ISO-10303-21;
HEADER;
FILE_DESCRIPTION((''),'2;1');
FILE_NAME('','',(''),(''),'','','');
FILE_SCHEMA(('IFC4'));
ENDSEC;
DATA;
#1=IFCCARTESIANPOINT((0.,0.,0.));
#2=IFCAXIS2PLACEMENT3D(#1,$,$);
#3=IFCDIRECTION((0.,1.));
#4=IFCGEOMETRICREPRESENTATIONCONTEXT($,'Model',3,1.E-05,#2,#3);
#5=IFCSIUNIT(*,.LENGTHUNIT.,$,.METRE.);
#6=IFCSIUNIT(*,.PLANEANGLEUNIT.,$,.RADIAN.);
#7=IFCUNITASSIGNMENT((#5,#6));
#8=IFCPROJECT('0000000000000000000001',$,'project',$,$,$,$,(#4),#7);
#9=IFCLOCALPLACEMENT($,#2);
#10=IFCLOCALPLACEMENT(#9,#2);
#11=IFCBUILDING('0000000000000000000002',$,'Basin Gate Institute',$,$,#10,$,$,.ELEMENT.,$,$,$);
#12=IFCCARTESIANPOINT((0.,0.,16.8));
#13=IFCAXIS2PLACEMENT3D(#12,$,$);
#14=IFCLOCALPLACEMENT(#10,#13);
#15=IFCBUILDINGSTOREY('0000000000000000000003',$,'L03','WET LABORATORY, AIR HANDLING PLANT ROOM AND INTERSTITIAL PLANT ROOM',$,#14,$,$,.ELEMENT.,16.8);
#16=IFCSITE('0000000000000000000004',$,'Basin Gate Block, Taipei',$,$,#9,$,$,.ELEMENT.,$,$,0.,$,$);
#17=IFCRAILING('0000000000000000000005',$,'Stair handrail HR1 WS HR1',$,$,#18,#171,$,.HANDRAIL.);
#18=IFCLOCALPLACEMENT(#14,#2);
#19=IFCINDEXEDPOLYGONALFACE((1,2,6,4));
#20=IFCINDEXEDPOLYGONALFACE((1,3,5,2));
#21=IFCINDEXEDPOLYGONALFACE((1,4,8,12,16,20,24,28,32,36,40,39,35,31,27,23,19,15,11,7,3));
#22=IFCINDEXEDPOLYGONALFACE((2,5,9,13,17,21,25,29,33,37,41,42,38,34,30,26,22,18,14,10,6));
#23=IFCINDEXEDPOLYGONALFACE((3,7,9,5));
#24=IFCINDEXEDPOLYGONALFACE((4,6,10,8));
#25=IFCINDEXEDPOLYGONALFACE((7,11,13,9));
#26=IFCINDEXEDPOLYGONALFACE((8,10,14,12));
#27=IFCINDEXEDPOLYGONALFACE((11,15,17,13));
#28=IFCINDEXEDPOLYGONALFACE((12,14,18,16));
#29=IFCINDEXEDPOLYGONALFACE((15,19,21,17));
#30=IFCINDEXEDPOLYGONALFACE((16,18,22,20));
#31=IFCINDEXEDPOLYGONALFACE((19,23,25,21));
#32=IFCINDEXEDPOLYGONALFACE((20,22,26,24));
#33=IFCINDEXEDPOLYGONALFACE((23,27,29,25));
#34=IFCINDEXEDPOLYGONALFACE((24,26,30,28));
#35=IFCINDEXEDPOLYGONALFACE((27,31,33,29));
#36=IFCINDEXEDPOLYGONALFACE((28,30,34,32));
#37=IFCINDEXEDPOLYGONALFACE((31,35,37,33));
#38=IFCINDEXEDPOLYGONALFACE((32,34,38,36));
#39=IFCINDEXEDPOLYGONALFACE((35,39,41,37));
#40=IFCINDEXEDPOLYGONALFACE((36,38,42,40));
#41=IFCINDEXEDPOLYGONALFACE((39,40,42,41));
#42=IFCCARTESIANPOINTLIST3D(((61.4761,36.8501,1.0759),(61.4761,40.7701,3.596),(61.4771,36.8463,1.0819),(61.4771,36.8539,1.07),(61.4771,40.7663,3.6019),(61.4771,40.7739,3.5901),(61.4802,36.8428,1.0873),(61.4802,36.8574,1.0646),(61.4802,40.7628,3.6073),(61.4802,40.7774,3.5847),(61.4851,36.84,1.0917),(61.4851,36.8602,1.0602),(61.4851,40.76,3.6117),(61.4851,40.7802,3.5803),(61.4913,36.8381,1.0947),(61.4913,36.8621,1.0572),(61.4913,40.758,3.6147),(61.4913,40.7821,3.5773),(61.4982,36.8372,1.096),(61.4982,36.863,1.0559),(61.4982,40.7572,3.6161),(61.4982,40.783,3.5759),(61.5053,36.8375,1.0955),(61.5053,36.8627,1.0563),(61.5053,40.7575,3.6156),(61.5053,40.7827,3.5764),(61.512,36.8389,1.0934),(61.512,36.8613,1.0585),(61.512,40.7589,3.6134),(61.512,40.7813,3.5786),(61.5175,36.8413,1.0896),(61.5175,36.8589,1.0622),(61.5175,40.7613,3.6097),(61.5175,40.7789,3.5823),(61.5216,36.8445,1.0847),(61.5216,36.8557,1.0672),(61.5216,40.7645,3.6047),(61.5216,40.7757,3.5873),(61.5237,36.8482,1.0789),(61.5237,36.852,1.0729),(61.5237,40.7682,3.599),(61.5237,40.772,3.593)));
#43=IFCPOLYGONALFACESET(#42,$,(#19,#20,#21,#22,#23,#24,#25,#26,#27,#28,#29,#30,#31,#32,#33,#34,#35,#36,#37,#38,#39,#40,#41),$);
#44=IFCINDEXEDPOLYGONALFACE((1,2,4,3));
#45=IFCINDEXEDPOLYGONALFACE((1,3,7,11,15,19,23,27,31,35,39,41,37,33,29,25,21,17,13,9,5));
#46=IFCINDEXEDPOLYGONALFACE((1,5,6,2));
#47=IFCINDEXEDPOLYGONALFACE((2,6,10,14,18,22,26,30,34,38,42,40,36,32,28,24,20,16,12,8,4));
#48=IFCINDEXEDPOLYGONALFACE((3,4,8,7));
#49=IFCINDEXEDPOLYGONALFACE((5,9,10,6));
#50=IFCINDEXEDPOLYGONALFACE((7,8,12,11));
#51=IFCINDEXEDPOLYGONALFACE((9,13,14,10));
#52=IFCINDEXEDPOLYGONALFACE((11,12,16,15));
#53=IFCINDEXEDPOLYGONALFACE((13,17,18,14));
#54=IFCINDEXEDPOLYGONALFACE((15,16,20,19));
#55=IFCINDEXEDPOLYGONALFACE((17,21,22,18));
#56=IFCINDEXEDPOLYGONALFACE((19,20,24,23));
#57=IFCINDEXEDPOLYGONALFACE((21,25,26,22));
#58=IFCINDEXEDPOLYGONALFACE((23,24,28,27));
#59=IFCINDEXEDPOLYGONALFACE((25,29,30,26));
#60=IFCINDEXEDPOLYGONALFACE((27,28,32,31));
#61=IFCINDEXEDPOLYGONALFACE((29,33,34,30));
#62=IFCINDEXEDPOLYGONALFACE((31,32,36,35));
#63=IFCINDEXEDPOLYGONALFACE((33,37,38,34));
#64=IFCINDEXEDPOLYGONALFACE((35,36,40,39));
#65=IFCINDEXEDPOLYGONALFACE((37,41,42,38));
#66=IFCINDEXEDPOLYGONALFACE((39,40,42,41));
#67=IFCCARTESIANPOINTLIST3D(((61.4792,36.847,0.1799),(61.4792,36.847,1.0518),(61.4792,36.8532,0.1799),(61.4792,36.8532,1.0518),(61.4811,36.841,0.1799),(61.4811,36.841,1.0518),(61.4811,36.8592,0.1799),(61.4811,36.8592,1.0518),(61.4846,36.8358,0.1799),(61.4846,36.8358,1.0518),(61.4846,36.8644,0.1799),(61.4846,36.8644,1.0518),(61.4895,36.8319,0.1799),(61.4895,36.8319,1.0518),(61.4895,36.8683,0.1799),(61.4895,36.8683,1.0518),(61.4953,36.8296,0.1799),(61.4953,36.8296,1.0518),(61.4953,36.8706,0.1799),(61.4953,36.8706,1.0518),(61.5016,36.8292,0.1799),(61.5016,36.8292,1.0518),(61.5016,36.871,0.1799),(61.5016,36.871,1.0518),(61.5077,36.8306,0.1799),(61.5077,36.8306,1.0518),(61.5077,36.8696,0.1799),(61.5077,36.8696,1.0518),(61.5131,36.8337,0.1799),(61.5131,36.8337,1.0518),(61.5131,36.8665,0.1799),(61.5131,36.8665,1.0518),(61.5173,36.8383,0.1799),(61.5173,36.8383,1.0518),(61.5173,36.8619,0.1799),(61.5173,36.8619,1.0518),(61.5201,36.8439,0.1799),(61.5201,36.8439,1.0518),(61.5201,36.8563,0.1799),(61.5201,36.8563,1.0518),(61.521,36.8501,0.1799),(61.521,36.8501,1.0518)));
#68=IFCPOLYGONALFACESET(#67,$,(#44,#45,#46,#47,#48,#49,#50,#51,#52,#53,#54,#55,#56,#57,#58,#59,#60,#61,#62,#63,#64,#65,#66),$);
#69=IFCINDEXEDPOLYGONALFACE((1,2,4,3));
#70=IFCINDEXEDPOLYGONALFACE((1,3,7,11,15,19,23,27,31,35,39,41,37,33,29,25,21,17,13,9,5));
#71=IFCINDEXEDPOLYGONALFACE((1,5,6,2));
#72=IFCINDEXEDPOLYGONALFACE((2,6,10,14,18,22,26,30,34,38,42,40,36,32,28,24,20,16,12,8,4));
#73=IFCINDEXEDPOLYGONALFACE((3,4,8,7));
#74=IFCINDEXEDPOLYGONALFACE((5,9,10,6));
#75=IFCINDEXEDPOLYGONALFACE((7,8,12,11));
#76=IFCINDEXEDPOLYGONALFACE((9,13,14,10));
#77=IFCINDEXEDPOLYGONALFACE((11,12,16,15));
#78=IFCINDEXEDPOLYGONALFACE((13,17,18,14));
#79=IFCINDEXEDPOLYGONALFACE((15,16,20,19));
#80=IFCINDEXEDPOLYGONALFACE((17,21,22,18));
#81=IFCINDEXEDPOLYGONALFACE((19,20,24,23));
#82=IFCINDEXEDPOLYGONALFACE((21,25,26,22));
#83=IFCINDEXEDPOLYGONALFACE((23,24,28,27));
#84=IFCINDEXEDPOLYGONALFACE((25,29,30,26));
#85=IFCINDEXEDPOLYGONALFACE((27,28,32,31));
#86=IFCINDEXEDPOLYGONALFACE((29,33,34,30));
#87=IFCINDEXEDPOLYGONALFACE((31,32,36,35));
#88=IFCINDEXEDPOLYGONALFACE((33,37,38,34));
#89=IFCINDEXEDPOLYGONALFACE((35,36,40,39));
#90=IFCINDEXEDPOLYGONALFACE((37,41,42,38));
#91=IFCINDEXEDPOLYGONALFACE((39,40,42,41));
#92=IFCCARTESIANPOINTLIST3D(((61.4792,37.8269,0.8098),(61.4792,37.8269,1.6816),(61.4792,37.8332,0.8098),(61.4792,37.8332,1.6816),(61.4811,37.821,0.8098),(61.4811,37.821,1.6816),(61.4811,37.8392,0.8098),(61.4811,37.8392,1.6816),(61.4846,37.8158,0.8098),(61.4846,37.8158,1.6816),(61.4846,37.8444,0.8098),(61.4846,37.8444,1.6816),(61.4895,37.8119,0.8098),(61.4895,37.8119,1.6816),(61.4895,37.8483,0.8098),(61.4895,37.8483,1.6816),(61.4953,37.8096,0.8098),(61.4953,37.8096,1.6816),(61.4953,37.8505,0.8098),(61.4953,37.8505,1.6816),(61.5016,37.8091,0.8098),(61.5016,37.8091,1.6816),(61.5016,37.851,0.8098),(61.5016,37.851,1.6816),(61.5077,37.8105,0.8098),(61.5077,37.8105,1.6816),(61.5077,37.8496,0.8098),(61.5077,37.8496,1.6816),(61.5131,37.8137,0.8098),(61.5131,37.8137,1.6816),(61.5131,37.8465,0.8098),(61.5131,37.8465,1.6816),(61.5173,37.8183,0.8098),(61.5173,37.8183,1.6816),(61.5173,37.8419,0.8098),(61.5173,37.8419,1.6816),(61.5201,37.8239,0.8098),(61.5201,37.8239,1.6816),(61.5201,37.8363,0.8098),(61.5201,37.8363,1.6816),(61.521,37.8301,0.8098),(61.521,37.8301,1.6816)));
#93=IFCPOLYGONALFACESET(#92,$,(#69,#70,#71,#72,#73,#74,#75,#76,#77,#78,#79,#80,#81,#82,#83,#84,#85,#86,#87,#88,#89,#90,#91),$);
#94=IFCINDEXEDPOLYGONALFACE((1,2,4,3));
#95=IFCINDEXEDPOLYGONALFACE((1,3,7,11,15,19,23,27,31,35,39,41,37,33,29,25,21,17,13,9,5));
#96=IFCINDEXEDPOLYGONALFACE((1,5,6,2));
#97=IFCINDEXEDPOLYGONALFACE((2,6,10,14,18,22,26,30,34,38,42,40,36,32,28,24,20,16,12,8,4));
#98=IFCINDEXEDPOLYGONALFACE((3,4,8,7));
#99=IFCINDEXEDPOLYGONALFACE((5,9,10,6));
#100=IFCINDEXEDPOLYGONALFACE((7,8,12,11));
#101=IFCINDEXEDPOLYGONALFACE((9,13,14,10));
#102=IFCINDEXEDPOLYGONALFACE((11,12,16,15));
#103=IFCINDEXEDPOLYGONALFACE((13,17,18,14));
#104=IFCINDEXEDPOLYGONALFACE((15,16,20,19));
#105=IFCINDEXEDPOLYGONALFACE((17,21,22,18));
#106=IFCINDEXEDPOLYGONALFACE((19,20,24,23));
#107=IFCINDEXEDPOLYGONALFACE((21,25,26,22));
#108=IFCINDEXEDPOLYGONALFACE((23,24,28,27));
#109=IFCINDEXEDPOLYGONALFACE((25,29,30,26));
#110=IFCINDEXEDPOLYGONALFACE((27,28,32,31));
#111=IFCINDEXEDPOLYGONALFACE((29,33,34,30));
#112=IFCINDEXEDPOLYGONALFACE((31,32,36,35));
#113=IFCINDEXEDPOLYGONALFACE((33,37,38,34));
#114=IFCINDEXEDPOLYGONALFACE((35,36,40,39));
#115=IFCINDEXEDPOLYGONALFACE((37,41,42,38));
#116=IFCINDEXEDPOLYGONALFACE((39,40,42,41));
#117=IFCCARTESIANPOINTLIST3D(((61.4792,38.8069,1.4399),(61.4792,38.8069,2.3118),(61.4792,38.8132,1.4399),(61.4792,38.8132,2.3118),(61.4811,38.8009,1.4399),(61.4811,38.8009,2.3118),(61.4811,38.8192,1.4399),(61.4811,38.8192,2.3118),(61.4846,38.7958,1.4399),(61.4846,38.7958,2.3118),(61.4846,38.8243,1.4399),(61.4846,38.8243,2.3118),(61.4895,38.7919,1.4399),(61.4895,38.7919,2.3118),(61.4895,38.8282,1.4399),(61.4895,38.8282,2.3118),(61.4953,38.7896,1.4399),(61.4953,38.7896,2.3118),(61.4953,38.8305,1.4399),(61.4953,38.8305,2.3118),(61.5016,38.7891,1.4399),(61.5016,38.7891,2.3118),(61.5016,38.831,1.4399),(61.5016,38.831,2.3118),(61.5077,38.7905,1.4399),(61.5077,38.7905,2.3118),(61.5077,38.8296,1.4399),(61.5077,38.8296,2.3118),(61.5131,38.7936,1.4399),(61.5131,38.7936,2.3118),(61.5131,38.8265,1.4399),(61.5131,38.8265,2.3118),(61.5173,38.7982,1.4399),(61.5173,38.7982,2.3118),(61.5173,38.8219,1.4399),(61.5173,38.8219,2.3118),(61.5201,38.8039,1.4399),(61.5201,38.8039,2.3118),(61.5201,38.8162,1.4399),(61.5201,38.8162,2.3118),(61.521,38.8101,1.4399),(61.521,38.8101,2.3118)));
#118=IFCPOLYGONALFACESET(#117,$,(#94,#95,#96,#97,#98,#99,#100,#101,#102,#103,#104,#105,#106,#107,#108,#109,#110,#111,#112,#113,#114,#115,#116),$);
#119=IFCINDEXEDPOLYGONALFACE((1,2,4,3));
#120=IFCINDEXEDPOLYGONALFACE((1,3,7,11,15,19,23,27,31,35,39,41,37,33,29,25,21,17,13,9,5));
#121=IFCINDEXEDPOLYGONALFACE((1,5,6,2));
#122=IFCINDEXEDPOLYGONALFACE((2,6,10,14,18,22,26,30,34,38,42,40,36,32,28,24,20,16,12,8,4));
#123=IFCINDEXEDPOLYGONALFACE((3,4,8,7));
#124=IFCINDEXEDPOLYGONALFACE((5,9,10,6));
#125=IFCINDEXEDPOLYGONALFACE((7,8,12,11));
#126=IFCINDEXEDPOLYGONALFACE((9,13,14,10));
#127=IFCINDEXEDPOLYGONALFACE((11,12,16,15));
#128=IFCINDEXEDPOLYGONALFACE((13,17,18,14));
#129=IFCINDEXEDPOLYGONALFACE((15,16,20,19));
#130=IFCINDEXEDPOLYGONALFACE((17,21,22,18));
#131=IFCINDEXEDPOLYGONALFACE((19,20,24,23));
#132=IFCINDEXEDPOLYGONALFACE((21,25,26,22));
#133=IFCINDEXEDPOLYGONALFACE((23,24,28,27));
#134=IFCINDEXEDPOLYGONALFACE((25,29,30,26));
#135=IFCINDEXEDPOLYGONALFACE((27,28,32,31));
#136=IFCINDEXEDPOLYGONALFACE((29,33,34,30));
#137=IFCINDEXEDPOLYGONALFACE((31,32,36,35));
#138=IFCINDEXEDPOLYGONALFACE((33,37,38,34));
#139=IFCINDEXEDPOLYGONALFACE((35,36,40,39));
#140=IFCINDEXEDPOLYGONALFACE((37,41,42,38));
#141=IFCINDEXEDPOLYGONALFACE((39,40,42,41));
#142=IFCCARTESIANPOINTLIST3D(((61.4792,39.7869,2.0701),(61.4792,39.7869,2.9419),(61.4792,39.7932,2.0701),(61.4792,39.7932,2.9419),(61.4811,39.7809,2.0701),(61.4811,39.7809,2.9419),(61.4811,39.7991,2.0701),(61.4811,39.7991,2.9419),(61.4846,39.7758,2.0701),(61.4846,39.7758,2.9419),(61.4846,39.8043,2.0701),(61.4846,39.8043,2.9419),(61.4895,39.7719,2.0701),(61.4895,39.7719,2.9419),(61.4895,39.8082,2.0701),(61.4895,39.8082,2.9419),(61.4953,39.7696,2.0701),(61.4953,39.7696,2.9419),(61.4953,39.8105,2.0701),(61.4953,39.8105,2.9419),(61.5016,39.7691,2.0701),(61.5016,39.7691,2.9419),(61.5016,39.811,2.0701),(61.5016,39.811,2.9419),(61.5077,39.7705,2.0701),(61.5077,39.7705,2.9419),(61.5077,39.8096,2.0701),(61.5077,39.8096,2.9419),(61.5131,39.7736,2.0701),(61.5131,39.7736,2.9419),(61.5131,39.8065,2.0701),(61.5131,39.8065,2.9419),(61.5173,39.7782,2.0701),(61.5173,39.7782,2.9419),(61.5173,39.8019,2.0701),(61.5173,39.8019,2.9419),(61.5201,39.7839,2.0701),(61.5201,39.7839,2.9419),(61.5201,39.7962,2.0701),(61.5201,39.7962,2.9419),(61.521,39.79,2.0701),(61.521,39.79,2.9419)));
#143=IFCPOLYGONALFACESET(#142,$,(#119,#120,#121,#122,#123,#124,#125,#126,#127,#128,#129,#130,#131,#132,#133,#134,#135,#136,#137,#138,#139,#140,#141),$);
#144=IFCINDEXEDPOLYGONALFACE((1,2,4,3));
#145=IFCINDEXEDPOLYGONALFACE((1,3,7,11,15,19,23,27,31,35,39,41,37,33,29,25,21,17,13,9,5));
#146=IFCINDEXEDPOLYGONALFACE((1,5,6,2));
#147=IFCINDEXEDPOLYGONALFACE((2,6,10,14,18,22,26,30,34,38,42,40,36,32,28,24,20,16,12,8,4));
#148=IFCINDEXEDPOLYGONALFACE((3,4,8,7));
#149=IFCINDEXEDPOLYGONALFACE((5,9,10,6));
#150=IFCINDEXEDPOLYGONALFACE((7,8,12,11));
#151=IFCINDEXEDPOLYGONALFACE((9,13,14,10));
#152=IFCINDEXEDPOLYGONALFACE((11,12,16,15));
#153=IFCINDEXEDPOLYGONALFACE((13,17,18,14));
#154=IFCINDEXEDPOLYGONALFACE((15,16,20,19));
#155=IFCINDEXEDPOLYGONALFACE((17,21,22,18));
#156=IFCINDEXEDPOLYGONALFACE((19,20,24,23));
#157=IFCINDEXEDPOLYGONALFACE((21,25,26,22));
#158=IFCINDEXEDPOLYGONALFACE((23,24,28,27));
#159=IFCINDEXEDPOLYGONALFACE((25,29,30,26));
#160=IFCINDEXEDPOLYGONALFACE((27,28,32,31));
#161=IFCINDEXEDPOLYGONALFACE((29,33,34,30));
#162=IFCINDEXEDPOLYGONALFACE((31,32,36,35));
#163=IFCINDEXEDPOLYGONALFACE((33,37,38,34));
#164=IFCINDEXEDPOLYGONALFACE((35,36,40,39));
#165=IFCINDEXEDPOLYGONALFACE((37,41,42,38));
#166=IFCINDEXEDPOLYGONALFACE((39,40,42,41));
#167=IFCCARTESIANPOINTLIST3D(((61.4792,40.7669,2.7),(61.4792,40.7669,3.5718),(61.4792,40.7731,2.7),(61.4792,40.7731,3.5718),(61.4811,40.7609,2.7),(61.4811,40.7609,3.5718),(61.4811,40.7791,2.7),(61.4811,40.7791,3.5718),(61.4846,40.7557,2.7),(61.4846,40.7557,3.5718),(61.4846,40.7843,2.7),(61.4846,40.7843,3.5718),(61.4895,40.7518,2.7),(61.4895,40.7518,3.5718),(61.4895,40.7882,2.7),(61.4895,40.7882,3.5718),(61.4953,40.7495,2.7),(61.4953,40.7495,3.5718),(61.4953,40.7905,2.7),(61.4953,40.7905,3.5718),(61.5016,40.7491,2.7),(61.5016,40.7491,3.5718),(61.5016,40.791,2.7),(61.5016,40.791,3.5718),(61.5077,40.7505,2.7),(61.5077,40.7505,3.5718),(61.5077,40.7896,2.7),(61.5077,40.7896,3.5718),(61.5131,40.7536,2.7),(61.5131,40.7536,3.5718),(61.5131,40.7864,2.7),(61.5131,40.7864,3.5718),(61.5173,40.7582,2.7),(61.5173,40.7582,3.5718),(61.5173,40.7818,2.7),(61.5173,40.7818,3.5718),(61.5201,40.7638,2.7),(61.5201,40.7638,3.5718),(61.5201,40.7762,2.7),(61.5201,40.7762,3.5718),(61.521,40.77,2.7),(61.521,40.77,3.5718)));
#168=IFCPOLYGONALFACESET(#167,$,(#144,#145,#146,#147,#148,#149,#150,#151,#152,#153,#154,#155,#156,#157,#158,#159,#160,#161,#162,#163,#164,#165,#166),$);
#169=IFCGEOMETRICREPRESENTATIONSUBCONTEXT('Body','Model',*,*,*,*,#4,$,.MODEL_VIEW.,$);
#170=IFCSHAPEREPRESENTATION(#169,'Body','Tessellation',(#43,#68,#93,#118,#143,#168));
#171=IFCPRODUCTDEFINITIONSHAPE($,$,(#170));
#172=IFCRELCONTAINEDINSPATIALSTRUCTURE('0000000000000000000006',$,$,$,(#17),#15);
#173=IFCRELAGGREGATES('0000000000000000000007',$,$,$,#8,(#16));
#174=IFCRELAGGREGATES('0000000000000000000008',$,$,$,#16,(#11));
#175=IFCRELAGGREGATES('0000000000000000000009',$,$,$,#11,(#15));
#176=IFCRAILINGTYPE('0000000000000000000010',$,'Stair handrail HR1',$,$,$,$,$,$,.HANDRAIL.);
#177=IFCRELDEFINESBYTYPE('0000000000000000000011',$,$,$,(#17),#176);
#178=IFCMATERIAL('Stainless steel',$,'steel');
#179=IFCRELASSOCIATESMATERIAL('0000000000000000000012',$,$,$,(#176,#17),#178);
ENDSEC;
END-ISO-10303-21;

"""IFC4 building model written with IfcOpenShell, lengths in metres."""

from ifc_helpers import new_model, si_unit, direction, frame, origin, origin_2d, place, context, subcontext, project, spatial, circle, extrude, material, type_object, element, save


model = new_model("IFC4")

# Units and contexts
model_context = context("Model", 3, precision=1e-05, world=origin(), true_north=direction((0.0, 1.0)))
body_context = subcontext(model_context, "Body", "Model", "MODEL_VIEW")
ifc_project = project(units=[si_unit("LENGTHUNIT", "METRE"), si_unit("PLANEANGLEUNIT", "RADIAN")], contexts=[model_context])

# Site, building, storey
site_placement = place(None, origin())
site = spatial("IfcSite", under=ifc_project, at=site_placement, Name="Basin Gate Block, Taipei", CompositionType="ELEMENT", RefElevation=0.0)
building_placement = place(site_placement, origin())
building = spatial("IfcBuilding", under=site, at=building_placement, Name="Basin Gate Institute", CompositionType="ELEMENT")
storey_placement = place(building_placement, frame((0.0, 0.0, 16.8)))
storey = spatial("IfcBuildingStorey", under=building, at=storey_placement, Name="L03", Description="WET LABORATORY, AIR HANDLING PLANT ROOM AND INTERSTITIAL PLANT ROOM", CompositionType="ELEMENT", Elevation=16.8)

# Railing
ifc_material_1 = material(Name="Stainless steel", Category="steel")
railing_type_1 = type_object("IfcRailingType", Name="Stair handrail HR1", PredefinedType="HANDRAIL", material=ifc_material_1)
for number, where, name in (
    (1, (61.5, 36.8501, 0.1799), "Stair handrail HR1 WS HR1"),
):
    element("IfcRailing", number, at=place(storey_placement, frame(where)), inside=storey, type_object=railing_type_1, material=ifc_material_1, Name=name, PredefinedType="HANDRAIL", context=body_context, shape_type="SweptSolid", body=[
        extrude(circle(Radius=0.0239, at=origin_2d()), frame((0.0, 0.0, 0.896), z_axis=(0.0, 0.841172, 0.540768), x_axis=(-1.0, 0.0, 0.0)), (0.0, 0.0, 1.0), 4.6602),
        extrude(circle(Radius=0.021, at=origin_2d()), origin(), (0.0, 0.0, 1.0), 0.8718),
        extrude(circle(Radius=0.021, at=origin_2d()), frame((0.0, 0.98, 0.6299)), (0.0, 0.0, 1.0), 0.8718),
        extrude(circle(Radius=0.021, at=origin_2d()), frame((0.0, 1.96, 1.26)), (0.0, 0.0, 1.0), 0.8718),
        extrude(circle(Radius=0.021, at=origin_2d()), frame((0.0, 2.9399, 1.8901)), (0.0, 0.0, 1.0), 0.8718),
        extrude(circle(Radius=0.021, at=origin_2d()), frame((0.0, 3.9199, 2.52)), (0.0, 0.0, 1.0), 0.8718),
    ])

save(model, "model.ifc")
